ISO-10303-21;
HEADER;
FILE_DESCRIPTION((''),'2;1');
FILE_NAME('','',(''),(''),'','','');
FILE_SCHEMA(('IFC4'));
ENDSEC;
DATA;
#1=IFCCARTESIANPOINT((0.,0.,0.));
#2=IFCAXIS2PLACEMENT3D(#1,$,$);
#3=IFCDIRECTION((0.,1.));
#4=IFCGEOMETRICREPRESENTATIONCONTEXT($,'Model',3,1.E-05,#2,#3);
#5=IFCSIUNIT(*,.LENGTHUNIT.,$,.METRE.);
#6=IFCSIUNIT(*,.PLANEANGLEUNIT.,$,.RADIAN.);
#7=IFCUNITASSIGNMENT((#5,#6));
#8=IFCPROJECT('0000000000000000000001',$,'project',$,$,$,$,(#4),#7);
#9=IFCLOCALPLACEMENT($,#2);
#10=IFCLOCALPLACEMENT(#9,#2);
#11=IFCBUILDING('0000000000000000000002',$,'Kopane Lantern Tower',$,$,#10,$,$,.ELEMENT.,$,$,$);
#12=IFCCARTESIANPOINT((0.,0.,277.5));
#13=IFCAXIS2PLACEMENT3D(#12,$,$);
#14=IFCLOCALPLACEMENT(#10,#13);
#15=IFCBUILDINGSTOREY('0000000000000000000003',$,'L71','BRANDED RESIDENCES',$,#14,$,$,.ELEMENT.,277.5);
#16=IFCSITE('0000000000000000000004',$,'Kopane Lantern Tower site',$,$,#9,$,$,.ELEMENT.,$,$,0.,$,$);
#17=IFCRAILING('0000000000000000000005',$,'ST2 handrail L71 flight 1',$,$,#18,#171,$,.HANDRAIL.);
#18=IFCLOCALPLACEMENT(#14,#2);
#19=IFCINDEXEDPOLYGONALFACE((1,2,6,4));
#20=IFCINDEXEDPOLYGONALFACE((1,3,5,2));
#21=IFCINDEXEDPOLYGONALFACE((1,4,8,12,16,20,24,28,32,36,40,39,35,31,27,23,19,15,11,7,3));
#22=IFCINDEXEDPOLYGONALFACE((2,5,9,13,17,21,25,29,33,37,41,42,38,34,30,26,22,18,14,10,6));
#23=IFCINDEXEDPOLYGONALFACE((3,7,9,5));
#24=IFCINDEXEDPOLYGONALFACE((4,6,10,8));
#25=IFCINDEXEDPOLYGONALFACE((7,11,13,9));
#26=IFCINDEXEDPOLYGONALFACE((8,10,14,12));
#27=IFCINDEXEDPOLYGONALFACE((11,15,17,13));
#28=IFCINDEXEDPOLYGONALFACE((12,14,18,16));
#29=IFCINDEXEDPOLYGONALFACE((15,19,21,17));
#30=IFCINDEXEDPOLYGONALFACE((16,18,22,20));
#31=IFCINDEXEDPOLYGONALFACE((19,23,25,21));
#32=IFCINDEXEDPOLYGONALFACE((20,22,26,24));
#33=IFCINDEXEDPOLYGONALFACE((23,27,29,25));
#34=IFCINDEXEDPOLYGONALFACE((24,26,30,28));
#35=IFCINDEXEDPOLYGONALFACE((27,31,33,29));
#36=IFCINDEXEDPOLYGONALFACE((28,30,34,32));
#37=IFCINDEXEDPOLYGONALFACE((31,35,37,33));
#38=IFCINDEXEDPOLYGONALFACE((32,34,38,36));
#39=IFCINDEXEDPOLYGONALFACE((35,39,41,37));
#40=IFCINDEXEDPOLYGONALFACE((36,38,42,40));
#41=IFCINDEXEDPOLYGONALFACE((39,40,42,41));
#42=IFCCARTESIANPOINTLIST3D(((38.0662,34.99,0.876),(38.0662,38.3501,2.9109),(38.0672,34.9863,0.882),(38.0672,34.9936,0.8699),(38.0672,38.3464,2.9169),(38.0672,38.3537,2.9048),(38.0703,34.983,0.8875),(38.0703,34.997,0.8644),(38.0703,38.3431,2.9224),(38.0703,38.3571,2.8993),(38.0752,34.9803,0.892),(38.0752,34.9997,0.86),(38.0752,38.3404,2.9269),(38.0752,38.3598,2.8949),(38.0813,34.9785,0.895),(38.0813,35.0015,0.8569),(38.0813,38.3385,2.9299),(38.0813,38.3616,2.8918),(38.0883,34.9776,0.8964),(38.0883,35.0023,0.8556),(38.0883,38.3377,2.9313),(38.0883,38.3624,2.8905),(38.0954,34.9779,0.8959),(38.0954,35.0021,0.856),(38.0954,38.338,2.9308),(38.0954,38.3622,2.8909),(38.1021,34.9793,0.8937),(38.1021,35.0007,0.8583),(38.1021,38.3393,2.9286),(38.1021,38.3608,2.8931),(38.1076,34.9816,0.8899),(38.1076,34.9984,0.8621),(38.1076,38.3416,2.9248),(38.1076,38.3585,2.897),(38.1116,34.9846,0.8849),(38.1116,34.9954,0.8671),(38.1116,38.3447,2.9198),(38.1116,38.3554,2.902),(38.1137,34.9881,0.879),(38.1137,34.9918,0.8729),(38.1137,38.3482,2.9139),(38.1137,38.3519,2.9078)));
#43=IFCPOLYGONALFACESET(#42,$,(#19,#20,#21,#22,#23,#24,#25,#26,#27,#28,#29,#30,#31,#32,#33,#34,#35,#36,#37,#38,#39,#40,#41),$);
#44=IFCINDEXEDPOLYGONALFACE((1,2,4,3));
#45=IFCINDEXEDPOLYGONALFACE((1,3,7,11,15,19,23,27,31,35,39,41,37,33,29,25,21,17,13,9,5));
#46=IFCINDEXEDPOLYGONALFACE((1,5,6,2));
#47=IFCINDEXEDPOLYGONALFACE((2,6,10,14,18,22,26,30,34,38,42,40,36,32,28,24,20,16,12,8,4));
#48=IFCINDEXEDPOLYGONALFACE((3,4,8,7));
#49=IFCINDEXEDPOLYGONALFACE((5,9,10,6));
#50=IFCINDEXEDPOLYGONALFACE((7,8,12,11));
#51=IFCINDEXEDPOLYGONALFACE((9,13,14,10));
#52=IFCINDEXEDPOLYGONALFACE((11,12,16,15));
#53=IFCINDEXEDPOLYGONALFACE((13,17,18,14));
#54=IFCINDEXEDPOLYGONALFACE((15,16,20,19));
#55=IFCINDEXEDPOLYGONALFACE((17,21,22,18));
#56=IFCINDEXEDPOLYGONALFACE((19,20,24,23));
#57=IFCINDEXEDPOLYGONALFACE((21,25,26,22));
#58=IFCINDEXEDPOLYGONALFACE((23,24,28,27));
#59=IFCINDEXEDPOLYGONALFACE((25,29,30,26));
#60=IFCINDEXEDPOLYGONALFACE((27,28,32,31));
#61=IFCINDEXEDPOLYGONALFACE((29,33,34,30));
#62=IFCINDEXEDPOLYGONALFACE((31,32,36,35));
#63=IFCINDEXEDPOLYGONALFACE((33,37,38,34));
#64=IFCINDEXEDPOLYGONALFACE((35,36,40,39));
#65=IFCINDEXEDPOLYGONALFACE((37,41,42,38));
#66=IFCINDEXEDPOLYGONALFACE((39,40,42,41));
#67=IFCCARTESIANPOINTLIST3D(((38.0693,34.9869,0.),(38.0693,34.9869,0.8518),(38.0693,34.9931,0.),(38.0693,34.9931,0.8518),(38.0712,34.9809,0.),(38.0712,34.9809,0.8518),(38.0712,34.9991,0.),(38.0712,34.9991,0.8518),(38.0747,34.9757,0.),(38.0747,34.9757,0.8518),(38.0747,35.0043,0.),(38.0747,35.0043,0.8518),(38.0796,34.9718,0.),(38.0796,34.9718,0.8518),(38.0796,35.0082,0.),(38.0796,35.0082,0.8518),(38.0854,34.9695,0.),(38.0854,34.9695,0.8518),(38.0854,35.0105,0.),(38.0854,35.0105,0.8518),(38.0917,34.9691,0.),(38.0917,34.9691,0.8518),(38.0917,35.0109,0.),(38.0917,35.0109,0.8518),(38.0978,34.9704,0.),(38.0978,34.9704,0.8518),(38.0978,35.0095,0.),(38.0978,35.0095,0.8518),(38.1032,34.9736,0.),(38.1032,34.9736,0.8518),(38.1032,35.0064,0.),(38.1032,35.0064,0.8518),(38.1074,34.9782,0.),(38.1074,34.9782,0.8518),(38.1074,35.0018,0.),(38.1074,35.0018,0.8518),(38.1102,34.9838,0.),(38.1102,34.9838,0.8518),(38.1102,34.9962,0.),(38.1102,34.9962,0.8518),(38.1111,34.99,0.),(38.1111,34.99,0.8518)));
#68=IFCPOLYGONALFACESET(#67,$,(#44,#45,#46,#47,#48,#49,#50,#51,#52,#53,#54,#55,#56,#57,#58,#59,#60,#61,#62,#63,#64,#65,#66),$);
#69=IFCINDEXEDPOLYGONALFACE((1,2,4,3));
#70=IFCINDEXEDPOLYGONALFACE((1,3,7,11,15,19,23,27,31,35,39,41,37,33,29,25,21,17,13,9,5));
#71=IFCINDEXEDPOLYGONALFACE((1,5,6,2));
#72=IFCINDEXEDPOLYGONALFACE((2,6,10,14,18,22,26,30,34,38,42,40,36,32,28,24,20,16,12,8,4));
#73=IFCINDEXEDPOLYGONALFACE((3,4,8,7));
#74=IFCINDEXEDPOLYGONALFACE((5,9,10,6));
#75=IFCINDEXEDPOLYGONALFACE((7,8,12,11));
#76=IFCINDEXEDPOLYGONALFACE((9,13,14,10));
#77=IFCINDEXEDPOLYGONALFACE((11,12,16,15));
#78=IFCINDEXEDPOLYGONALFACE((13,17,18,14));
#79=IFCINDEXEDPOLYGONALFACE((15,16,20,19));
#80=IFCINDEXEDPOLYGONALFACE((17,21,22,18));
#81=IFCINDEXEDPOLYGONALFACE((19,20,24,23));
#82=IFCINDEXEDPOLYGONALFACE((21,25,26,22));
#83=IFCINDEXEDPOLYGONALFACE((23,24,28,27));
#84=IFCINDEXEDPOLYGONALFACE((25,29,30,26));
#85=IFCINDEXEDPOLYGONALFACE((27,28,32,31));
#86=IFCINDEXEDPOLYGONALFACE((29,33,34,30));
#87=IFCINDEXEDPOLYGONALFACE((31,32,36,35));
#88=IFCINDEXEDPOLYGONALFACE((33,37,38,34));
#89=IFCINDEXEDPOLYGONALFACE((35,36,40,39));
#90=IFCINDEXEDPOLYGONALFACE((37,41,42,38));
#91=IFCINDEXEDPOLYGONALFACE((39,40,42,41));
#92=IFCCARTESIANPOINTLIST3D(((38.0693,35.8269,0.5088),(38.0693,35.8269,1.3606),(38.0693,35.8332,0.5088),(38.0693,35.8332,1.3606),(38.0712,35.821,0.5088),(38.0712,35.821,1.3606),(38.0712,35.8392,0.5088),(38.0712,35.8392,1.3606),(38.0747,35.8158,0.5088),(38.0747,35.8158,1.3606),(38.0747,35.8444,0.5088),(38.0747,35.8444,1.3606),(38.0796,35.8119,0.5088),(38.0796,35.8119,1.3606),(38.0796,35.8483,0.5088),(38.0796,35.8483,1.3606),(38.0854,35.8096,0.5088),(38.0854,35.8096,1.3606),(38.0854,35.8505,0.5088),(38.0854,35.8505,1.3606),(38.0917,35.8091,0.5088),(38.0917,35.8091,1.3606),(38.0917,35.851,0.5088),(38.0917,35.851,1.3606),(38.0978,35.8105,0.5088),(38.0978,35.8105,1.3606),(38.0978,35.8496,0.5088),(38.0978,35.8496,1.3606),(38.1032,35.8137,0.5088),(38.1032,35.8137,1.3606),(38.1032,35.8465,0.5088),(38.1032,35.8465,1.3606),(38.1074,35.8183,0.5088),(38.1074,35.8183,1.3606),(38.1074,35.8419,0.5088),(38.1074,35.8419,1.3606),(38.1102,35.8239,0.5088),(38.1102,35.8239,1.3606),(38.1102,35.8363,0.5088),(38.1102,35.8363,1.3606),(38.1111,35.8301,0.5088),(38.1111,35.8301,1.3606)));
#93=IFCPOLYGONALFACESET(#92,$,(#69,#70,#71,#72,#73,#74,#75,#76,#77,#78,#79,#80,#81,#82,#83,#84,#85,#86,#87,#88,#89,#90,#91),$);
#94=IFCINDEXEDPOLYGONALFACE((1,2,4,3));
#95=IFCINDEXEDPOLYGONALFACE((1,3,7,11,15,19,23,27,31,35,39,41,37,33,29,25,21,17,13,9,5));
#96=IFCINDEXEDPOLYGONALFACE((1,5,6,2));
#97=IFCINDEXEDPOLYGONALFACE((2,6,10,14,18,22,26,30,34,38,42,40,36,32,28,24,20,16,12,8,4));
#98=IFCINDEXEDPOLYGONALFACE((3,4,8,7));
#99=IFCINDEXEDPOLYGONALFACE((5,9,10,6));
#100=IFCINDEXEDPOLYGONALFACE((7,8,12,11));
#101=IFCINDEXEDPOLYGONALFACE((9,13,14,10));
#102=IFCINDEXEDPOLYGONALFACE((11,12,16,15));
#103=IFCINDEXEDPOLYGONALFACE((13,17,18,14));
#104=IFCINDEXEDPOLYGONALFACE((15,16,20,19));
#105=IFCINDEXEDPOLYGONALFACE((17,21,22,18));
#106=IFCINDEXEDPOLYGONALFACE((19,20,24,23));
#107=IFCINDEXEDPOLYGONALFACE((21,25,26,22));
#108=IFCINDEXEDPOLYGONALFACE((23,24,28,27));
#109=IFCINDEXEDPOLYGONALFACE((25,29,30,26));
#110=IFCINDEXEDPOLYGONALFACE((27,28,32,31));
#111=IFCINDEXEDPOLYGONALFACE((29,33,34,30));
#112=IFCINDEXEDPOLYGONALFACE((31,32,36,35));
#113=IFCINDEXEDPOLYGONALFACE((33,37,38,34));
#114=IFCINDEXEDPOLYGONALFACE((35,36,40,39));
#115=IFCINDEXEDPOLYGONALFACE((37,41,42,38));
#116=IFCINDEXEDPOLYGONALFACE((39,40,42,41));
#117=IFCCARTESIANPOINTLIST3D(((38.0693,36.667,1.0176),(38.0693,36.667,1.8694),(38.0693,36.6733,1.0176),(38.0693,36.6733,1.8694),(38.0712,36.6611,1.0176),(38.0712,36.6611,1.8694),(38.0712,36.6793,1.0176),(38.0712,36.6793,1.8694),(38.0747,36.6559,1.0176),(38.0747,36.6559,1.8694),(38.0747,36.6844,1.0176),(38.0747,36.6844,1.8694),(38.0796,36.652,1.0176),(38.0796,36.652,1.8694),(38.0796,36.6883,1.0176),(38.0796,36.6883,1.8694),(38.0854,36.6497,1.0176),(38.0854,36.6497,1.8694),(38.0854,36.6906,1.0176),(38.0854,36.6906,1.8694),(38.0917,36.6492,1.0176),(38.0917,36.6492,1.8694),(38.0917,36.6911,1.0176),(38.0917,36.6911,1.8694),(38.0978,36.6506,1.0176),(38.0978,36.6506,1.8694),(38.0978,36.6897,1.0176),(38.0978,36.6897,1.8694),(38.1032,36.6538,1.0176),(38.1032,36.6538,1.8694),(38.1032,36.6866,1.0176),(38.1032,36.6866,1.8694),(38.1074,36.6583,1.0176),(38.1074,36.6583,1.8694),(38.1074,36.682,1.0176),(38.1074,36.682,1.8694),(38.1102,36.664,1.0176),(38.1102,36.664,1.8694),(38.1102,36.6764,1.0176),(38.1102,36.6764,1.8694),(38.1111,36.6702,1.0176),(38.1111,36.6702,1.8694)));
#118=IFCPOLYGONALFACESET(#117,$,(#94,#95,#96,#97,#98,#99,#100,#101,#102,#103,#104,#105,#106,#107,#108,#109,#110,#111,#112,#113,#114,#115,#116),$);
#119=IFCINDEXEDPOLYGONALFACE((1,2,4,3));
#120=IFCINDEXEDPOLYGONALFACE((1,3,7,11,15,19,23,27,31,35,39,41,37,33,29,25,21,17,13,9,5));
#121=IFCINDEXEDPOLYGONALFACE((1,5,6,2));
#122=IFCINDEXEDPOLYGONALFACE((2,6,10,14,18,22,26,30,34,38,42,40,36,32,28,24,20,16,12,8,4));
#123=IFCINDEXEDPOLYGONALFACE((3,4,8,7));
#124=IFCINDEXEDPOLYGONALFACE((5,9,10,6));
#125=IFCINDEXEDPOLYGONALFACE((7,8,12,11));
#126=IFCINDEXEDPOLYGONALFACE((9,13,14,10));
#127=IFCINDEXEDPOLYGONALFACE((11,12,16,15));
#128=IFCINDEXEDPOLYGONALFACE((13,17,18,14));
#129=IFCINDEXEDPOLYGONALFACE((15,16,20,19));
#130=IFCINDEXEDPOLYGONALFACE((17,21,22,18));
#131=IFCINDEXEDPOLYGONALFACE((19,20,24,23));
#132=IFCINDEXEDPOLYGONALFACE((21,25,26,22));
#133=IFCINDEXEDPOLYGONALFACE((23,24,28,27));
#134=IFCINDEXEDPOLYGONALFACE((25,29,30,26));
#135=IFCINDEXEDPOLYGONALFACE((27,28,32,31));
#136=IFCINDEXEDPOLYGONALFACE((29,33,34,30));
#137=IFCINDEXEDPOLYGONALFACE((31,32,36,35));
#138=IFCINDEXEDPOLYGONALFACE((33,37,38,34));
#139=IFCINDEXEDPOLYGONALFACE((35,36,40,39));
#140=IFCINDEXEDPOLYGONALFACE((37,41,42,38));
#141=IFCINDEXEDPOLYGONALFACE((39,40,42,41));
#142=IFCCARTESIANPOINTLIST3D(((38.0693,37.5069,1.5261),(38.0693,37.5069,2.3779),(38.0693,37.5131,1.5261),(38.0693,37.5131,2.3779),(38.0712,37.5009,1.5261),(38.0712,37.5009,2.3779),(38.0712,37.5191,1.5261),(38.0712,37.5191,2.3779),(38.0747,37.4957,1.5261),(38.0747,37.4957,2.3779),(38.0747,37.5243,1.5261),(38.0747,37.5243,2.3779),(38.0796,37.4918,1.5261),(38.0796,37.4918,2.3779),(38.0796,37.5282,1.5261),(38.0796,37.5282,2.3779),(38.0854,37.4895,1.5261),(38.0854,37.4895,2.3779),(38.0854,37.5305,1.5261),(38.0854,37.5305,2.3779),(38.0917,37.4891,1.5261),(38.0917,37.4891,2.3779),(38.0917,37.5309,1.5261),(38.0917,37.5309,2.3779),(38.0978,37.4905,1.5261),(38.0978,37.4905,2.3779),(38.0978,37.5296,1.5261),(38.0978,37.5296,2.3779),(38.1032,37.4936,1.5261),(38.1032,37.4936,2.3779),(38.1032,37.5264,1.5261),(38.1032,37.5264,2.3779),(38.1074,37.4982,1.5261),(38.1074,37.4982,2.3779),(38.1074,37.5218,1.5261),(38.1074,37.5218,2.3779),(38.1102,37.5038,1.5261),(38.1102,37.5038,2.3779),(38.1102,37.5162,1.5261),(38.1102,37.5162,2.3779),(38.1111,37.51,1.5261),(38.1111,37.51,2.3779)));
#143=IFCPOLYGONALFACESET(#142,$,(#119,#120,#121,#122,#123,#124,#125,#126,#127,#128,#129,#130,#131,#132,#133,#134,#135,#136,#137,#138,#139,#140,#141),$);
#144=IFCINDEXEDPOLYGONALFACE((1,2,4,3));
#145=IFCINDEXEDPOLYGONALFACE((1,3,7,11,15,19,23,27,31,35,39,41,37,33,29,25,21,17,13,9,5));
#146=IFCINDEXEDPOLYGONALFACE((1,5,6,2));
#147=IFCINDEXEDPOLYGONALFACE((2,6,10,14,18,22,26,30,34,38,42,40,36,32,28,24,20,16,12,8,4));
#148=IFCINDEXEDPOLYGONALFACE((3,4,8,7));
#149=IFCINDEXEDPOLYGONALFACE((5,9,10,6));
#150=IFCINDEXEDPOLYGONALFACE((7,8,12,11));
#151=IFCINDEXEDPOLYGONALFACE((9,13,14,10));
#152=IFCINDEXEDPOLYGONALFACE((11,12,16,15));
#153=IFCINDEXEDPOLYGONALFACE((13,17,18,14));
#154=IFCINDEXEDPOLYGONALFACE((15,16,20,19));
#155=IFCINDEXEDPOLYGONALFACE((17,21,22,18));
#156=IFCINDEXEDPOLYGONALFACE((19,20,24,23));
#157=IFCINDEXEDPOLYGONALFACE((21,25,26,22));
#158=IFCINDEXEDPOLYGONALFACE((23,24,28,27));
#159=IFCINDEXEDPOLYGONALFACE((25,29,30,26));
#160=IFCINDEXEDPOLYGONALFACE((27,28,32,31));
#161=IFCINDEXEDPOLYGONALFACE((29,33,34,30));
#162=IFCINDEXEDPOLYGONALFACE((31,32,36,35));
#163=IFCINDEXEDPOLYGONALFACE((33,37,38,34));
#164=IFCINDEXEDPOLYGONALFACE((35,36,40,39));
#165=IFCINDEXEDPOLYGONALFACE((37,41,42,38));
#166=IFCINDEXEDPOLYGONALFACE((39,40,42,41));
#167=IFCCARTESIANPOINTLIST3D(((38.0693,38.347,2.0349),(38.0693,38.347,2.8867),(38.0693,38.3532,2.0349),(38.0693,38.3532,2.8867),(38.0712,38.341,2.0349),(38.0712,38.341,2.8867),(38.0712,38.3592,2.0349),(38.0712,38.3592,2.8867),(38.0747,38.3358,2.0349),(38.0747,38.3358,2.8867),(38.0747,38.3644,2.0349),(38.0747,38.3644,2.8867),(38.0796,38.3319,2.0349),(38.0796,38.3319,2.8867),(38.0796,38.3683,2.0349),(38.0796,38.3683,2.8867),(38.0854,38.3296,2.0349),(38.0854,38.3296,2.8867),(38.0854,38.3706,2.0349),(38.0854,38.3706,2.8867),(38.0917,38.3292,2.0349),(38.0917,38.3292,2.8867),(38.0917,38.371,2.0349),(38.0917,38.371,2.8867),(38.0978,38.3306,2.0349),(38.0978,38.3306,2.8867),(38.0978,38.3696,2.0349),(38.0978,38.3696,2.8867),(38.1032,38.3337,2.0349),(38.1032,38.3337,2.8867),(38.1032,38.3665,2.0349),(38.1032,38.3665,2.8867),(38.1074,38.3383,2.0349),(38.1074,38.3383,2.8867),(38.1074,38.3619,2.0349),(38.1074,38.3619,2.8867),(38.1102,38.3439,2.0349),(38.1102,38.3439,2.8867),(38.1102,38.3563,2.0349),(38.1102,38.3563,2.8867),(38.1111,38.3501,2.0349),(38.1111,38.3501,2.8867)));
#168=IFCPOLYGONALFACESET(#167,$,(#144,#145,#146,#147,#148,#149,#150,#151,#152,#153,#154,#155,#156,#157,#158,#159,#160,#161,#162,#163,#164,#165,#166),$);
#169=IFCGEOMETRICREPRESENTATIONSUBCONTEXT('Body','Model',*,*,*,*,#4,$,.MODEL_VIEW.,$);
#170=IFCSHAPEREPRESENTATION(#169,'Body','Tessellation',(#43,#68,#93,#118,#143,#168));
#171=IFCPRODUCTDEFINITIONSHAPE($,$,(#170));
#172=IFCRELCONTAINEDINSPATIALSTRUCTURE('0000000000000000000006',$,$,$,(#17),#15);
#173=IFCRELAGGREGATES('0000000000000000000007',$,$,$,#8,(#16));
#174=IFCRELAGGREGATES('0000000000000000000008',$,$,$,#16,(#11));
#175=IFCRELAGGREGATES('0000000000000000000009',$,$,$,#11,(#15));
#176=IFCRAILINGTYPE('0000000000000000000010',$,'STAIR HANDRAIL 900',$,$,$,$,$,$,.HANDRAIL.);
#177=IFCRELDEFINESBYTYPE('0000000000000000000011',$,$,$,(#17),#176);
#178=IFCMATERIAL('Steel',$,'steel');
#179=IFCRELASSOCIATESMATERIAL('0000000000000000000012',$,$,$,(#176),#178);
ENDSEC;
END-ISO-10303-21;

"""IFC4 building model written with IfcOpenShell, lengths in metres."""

from ifc_helpers import new_model, si_unit, direction, frame, origin, origin_2d, place, context, subcontext, project, spatial, circle, extrude, material, type_object, element, save


model = new_model("IFC4")

# Units and contexts
model_context = context("Model", 3, precision=1e-05, world=origin(), true_north=direction((0.0, 1.0)))
body_context = subcontext(model_context, "Body", "Model", "MODEL_VIEW")
ifc_project = project(units=[si_unit("LENGTHUNIT", "METRE"), si_unit("PLANEANGLEUNIT", "RADIAN")], contexts=[model_context])

# Site, building, storey
site_placement = place(None, origin())
site = spatial("IfcSite", under=ifc_project, at=site_placement, Name="Kopane Lantern Tower site", CompositionType="ELEMENT", RefElevation=0.0)
building_placement = place(site_placement, origin())
building = spatial("IfcBuilding", under=site, at=building_placement, Name="Kopane Lantern Tower", CompositionType="ELEMENT")
storey_placement = place(building_placement, frame((0.0, 0.0, 277.5)))
storey = spatial("IfcBuildingStorey", under=building, at=storey_placement, Name="L71", Description="BRANDED RESIDENCES", CompositionType="ELEMENT", Elevation=277.5)

# Railing
ifc_material_1 = material(Name="Steel", Category="steel")
railing_type_1 = type_object("IfcRailingType", Name="STAIR HANDRAIL 900", PredefinedType="HANDRAIL", material=ifc_material_1)
for number, where, name in (
    (1, (38.0901, 34.99, 0.0), "ST2 handrail L71 flight 1"),
):
    element("IfcRailing", number, at=place(storey_placement, frame(where)), inside=storey, type_object=railing_type_1, Name=name, PredefinedType="HANDRAIL", context=body_context, shape_type="SweptSolid", body=[
        extrude(circle(Radius=0.0239, at=origin_2d()), frame((0.0, 0.0, 0.876), z_axis=(0.0, 0.855369, 0.518019), x_axis=(-1.0, 0.0, 0.0)), (0.0, 0.0, 1.0), 3.9282),
        extrude(circle(Radius=0.021, at=origin_2d()), origin(), (0.0, 0.0, 1.0), 0.8518),
        extrude(circle(Radius=0.021, at=origin_2d()), frame((0.0, 0.8401, 0.5088)), (0.0, 0.0, 1.0), 0.8518),
        extrude(circle(Radius=0.021, at=origin_2d()), frame((0.0, 1.6802, 1.0176)), (0.0, 0.0, 1.0), 0.8518),
        extrude(circle(Radius=0.021, at=origin_2d()), frame((0.0, 2.52, 1.5261)), (0.0, 0.0, 1.0), 0.8518),
        extrude(circle(Radius=0.021, at=origin_2d()), frame((0.0, 3.3601, 2.0349)), (0.0, 0.0, 1.0), 0.8518),
    ])

save(model, "model.ifc")
